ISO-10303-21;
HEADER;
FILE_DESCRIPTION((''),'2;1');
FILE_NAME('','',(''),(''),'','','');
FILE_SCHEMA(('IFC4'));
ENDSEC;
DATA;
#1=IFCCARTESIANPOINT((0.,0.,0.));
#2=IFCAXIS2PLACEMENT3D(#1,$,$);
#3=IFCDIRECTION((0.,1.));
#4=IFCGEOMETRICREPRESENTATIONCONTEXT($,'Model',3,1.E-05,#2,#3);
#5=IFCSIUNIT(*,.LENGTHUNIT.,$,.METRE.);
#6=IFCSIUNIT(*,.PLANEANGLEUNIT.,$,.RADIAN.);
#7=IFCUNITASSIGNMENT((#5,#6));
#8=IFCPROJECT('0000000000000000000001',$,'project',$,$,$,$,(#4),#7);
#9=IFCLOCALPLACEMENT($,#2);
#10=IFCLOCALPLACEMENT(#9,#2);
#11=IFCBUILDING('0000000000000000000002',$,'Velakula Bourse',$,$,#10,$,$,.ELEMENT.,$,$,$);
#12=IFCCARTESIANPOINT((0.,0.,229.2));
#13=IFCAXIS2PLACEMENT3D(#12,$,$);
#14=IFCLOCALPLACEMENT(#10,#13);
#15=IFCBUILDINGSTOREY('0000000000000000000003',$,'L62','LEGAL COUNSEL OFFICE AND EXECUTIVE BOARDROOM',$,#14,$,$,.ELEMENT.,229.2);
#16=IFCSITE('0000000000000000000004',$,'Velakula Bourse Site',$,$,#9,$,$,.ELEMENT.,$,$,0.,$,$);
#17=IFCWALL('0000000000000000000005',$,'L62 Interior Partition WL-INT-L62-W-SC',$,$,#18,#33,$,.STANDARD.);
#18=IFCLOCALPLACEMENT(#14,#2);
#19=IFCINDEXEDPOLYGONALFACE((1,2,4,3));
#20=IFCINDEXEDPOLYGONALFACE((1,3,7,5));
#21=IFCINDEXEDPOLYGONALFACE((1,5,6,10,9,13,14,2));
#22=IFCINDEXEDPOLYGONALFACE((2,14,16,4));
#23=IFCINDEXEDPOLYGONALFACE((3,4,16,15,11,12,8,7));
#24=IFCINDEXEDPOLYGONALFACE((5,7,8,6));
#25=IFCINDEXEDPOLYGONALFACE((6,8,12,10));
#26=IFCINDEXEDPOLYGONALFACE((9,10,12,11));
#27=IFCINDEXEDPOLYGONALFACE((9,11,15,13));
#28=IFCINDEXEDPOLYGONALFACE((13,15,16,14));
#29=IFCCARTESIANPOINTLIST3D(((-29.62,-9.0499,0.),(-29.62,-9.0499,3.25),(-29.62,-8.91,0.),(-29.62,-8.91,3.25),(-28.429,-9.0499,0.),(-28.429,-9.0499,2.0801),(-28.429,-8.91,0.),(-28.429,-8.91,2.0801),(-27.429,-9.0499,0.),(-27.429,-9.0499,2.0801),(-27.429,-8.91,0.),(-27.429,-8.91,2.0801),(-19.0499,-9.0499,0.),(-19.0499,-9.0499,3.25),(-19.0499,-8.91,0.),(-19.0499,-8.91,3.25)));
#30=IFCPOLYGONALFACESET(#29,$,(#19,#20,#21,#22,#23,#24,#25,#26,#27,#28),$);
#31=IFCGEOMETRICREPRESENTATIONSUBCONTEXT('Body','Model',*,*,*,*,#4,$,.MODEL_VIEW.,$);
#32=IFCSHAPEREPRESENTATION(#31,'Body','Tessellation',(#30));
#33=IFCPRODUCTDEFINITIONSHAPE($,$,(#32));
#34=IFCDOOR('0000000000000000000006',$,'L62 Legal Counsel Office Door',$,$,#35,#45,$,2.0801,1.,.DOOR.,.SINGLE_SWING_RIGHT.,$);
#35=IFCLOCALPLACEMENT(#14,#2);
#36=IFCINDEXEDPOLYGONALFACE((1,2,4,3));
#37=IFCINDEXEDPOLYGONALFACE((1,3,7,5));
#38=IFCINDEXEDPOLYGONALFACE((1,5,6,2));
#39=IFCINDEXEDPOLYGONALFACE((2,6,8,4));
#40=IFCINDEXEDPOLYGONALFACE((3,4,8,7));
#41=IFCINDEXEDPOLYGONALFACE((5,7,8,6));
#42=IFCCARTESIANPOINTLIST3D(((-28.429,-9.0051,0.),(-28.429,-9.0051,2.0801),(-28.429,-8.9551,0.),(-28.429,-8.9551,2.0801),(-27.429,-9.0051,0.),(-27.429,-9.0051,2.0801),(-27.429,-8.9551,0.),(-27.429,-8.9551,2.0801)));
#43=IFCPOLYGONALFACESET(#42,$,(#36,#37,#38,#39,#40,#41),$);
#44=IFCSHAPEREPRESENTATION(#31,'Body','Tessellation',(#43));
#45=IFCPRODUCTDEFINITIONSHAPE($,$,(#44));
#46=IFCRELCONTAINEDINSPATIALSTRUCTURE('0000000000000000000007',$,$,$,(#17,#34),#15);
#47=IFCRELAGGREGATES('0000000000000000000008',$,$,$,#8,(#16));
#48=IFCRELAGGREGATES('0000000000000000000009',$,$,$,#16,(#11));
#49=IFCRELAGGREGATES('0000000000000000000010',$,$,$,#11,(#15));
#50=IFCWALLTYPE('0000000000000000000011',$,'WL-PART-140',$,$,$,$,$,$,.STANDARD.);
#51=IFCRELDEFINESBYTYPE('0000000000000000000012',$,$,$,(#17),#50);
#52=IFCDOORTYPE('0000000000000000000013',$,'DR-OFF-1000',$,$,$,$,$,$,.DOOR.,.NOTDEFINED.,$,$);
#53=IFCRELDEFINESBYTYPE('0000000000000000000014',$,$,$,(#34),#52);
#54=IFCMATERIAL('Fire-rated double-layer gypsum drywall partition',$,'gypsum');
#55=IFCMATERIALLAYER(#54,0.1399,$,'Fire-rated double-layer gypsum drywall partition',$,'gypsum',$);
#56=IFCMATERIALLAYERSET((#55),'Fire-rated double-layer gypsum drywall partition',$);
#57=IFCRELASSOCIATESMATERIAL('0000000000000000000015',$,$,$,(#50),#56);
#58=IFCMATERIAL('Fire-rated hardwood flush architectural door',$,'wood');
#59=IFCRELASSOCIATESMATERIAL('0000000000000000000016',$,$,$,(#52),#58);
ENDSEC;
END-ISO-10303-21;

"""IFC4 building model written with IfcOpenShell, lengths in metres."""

from ifc_helpers import new_model, si_unit, direction, frame, frame_2d, origin, place, context, subcontext, project, spatial, rectangle, extrude, material, layer, layer_set, type_object, element, fill, save


model = new_model("IFC4")

# Units and contexts
model_context = context("Model", 3, precision=1e-05, world=origin(), true_north=direction((0.0, 1.0)))
body_context = subcontext(model_context, "Body", "Model", "MODEL_VIEW")
ifc_project = project(units=[si_unit("LENGTHUNIT", "METRE"), si_unit("PLANEANGLEUNIT", "RADIAN")], contexts=[model_context])

# Site, building, storey
site_placement = place(None, origin())
site = spatial("IfcSite", under=ifc_project, at=site_placement, Name="Velakula Bourse Site", CompositionType="ELEMENT", RefElevation=0.0)
building_placement = place(site_placement, origin())
building = spatial("IfcBuilding", under=site, at=building_placement, Name="Velakula Bourse", CompositionType="ELEMENT")
storey_placement = place(building_placement, frame((0.0, 0.0, 229.2)))
storey = spatial("IfcBuildingStorey", under=building, at=storey_placement, Name="L62", Description="LEGAL COUNSEL OFFICE AND EXECUTIVE BOARDROOM", CompositionType="ELEMENT", Elevation=229.2)

# Shared definitions
ifc_material_1 = material(Name="Fire-rated double-layer gypsum drywall partition", Category="gypsum")
ifc_layer_1 = layer(ifc_material_1, 0.1399, Name="Fire-rated double-layer gypsum drywall partition", Category="gypsum")
ifc_layer_set_1 = layer_set([ifc_layer_1], Name="Fire-rated double-layer gypsum drywall partition")
wall_type_1 = type_object("IfcWallType", Name="WL-PART-140", PredefinedType="STANDARD", material=ifc_layer_set_1)
ifc_material_2 = material(Name="Fire-rated hardwood flush architectural door", Category="wood")
door_type_1 = type_object("IfcDoorType", Name="DR-OFF-1000", OperationType="NOTDEFINED", PredefinedType="DOOR", material=ifc_material_2)

# Wall, opening, door
wall_1_placement = place(storey_placement, frame((-29.6201, -8.98, 0.0), z_axis=(0.0, 0.0, 1.0), x_axis=(1.0, 0.0, 0.0)))
wall_1 = element("IfcWall", 1, at=wall_1_placement, inside=storey, type_object=wall_type_1, Name="L62 Interior Partition WL-INT-L62-W-SC", PredefinedType="STANDARD", context=body_context, shape_type="SweptSolid", body=[
    extrude(rectangle(XDim=10.5701, YDim=0.1399, at=frame_2d((5.2852, 0.0))), origin(), (0.0, 0.0, 1.0), 3.25),
])
opening_1_placement = place(wall_1_placement, frame((1.1912, 0.0, 0.0)))
opening_1 = element("IfcOpeningElement", 2, at=opening_1_placement, cuts=wall_1, PredefinedType="OPENING", context=body_context, shape_type="SweptSolid", body=[
    extrude(rectangle(XDim=1.0, YDim=2.0801, at=frame_2d((0.5, 1.04))), frame((0.0, 0.0798, 0.0), z_axis=(0.0, -1.0, 0.0), x_axis=(1.0, 0.0, 0.0)), (0.0, 0.0, 1.0), 0.1599),
])
door_1_placement = place(opening_1_placement, origin())
door_1 = element("IfcDoor", 3, at=door_1_placement, inside=storey, type_object=door_type_1, Name="L62 Legal Counsel Office Door", OperationType="SINGLE_SWING_RIGHT", OverallHeight=2.0801, OverallWidth=1.0, PredefinedType="DOOR", context=body_context, shape_type="SweptSolid", body=[
    extrude(rectangle(XDim=1.0, YDim=2.0801, at=frame_2d((0.5, 1.04))), frame((0.0, 0.0249, 0.0), z_axis=(0.0, -1.0, 0.0), x_axis=(1.0, 0.0, 0.0)), (0.0, 0.0, 1.0), 0.05),
])
fill(opening_1, door_1)

save(model, "model.ifc")
